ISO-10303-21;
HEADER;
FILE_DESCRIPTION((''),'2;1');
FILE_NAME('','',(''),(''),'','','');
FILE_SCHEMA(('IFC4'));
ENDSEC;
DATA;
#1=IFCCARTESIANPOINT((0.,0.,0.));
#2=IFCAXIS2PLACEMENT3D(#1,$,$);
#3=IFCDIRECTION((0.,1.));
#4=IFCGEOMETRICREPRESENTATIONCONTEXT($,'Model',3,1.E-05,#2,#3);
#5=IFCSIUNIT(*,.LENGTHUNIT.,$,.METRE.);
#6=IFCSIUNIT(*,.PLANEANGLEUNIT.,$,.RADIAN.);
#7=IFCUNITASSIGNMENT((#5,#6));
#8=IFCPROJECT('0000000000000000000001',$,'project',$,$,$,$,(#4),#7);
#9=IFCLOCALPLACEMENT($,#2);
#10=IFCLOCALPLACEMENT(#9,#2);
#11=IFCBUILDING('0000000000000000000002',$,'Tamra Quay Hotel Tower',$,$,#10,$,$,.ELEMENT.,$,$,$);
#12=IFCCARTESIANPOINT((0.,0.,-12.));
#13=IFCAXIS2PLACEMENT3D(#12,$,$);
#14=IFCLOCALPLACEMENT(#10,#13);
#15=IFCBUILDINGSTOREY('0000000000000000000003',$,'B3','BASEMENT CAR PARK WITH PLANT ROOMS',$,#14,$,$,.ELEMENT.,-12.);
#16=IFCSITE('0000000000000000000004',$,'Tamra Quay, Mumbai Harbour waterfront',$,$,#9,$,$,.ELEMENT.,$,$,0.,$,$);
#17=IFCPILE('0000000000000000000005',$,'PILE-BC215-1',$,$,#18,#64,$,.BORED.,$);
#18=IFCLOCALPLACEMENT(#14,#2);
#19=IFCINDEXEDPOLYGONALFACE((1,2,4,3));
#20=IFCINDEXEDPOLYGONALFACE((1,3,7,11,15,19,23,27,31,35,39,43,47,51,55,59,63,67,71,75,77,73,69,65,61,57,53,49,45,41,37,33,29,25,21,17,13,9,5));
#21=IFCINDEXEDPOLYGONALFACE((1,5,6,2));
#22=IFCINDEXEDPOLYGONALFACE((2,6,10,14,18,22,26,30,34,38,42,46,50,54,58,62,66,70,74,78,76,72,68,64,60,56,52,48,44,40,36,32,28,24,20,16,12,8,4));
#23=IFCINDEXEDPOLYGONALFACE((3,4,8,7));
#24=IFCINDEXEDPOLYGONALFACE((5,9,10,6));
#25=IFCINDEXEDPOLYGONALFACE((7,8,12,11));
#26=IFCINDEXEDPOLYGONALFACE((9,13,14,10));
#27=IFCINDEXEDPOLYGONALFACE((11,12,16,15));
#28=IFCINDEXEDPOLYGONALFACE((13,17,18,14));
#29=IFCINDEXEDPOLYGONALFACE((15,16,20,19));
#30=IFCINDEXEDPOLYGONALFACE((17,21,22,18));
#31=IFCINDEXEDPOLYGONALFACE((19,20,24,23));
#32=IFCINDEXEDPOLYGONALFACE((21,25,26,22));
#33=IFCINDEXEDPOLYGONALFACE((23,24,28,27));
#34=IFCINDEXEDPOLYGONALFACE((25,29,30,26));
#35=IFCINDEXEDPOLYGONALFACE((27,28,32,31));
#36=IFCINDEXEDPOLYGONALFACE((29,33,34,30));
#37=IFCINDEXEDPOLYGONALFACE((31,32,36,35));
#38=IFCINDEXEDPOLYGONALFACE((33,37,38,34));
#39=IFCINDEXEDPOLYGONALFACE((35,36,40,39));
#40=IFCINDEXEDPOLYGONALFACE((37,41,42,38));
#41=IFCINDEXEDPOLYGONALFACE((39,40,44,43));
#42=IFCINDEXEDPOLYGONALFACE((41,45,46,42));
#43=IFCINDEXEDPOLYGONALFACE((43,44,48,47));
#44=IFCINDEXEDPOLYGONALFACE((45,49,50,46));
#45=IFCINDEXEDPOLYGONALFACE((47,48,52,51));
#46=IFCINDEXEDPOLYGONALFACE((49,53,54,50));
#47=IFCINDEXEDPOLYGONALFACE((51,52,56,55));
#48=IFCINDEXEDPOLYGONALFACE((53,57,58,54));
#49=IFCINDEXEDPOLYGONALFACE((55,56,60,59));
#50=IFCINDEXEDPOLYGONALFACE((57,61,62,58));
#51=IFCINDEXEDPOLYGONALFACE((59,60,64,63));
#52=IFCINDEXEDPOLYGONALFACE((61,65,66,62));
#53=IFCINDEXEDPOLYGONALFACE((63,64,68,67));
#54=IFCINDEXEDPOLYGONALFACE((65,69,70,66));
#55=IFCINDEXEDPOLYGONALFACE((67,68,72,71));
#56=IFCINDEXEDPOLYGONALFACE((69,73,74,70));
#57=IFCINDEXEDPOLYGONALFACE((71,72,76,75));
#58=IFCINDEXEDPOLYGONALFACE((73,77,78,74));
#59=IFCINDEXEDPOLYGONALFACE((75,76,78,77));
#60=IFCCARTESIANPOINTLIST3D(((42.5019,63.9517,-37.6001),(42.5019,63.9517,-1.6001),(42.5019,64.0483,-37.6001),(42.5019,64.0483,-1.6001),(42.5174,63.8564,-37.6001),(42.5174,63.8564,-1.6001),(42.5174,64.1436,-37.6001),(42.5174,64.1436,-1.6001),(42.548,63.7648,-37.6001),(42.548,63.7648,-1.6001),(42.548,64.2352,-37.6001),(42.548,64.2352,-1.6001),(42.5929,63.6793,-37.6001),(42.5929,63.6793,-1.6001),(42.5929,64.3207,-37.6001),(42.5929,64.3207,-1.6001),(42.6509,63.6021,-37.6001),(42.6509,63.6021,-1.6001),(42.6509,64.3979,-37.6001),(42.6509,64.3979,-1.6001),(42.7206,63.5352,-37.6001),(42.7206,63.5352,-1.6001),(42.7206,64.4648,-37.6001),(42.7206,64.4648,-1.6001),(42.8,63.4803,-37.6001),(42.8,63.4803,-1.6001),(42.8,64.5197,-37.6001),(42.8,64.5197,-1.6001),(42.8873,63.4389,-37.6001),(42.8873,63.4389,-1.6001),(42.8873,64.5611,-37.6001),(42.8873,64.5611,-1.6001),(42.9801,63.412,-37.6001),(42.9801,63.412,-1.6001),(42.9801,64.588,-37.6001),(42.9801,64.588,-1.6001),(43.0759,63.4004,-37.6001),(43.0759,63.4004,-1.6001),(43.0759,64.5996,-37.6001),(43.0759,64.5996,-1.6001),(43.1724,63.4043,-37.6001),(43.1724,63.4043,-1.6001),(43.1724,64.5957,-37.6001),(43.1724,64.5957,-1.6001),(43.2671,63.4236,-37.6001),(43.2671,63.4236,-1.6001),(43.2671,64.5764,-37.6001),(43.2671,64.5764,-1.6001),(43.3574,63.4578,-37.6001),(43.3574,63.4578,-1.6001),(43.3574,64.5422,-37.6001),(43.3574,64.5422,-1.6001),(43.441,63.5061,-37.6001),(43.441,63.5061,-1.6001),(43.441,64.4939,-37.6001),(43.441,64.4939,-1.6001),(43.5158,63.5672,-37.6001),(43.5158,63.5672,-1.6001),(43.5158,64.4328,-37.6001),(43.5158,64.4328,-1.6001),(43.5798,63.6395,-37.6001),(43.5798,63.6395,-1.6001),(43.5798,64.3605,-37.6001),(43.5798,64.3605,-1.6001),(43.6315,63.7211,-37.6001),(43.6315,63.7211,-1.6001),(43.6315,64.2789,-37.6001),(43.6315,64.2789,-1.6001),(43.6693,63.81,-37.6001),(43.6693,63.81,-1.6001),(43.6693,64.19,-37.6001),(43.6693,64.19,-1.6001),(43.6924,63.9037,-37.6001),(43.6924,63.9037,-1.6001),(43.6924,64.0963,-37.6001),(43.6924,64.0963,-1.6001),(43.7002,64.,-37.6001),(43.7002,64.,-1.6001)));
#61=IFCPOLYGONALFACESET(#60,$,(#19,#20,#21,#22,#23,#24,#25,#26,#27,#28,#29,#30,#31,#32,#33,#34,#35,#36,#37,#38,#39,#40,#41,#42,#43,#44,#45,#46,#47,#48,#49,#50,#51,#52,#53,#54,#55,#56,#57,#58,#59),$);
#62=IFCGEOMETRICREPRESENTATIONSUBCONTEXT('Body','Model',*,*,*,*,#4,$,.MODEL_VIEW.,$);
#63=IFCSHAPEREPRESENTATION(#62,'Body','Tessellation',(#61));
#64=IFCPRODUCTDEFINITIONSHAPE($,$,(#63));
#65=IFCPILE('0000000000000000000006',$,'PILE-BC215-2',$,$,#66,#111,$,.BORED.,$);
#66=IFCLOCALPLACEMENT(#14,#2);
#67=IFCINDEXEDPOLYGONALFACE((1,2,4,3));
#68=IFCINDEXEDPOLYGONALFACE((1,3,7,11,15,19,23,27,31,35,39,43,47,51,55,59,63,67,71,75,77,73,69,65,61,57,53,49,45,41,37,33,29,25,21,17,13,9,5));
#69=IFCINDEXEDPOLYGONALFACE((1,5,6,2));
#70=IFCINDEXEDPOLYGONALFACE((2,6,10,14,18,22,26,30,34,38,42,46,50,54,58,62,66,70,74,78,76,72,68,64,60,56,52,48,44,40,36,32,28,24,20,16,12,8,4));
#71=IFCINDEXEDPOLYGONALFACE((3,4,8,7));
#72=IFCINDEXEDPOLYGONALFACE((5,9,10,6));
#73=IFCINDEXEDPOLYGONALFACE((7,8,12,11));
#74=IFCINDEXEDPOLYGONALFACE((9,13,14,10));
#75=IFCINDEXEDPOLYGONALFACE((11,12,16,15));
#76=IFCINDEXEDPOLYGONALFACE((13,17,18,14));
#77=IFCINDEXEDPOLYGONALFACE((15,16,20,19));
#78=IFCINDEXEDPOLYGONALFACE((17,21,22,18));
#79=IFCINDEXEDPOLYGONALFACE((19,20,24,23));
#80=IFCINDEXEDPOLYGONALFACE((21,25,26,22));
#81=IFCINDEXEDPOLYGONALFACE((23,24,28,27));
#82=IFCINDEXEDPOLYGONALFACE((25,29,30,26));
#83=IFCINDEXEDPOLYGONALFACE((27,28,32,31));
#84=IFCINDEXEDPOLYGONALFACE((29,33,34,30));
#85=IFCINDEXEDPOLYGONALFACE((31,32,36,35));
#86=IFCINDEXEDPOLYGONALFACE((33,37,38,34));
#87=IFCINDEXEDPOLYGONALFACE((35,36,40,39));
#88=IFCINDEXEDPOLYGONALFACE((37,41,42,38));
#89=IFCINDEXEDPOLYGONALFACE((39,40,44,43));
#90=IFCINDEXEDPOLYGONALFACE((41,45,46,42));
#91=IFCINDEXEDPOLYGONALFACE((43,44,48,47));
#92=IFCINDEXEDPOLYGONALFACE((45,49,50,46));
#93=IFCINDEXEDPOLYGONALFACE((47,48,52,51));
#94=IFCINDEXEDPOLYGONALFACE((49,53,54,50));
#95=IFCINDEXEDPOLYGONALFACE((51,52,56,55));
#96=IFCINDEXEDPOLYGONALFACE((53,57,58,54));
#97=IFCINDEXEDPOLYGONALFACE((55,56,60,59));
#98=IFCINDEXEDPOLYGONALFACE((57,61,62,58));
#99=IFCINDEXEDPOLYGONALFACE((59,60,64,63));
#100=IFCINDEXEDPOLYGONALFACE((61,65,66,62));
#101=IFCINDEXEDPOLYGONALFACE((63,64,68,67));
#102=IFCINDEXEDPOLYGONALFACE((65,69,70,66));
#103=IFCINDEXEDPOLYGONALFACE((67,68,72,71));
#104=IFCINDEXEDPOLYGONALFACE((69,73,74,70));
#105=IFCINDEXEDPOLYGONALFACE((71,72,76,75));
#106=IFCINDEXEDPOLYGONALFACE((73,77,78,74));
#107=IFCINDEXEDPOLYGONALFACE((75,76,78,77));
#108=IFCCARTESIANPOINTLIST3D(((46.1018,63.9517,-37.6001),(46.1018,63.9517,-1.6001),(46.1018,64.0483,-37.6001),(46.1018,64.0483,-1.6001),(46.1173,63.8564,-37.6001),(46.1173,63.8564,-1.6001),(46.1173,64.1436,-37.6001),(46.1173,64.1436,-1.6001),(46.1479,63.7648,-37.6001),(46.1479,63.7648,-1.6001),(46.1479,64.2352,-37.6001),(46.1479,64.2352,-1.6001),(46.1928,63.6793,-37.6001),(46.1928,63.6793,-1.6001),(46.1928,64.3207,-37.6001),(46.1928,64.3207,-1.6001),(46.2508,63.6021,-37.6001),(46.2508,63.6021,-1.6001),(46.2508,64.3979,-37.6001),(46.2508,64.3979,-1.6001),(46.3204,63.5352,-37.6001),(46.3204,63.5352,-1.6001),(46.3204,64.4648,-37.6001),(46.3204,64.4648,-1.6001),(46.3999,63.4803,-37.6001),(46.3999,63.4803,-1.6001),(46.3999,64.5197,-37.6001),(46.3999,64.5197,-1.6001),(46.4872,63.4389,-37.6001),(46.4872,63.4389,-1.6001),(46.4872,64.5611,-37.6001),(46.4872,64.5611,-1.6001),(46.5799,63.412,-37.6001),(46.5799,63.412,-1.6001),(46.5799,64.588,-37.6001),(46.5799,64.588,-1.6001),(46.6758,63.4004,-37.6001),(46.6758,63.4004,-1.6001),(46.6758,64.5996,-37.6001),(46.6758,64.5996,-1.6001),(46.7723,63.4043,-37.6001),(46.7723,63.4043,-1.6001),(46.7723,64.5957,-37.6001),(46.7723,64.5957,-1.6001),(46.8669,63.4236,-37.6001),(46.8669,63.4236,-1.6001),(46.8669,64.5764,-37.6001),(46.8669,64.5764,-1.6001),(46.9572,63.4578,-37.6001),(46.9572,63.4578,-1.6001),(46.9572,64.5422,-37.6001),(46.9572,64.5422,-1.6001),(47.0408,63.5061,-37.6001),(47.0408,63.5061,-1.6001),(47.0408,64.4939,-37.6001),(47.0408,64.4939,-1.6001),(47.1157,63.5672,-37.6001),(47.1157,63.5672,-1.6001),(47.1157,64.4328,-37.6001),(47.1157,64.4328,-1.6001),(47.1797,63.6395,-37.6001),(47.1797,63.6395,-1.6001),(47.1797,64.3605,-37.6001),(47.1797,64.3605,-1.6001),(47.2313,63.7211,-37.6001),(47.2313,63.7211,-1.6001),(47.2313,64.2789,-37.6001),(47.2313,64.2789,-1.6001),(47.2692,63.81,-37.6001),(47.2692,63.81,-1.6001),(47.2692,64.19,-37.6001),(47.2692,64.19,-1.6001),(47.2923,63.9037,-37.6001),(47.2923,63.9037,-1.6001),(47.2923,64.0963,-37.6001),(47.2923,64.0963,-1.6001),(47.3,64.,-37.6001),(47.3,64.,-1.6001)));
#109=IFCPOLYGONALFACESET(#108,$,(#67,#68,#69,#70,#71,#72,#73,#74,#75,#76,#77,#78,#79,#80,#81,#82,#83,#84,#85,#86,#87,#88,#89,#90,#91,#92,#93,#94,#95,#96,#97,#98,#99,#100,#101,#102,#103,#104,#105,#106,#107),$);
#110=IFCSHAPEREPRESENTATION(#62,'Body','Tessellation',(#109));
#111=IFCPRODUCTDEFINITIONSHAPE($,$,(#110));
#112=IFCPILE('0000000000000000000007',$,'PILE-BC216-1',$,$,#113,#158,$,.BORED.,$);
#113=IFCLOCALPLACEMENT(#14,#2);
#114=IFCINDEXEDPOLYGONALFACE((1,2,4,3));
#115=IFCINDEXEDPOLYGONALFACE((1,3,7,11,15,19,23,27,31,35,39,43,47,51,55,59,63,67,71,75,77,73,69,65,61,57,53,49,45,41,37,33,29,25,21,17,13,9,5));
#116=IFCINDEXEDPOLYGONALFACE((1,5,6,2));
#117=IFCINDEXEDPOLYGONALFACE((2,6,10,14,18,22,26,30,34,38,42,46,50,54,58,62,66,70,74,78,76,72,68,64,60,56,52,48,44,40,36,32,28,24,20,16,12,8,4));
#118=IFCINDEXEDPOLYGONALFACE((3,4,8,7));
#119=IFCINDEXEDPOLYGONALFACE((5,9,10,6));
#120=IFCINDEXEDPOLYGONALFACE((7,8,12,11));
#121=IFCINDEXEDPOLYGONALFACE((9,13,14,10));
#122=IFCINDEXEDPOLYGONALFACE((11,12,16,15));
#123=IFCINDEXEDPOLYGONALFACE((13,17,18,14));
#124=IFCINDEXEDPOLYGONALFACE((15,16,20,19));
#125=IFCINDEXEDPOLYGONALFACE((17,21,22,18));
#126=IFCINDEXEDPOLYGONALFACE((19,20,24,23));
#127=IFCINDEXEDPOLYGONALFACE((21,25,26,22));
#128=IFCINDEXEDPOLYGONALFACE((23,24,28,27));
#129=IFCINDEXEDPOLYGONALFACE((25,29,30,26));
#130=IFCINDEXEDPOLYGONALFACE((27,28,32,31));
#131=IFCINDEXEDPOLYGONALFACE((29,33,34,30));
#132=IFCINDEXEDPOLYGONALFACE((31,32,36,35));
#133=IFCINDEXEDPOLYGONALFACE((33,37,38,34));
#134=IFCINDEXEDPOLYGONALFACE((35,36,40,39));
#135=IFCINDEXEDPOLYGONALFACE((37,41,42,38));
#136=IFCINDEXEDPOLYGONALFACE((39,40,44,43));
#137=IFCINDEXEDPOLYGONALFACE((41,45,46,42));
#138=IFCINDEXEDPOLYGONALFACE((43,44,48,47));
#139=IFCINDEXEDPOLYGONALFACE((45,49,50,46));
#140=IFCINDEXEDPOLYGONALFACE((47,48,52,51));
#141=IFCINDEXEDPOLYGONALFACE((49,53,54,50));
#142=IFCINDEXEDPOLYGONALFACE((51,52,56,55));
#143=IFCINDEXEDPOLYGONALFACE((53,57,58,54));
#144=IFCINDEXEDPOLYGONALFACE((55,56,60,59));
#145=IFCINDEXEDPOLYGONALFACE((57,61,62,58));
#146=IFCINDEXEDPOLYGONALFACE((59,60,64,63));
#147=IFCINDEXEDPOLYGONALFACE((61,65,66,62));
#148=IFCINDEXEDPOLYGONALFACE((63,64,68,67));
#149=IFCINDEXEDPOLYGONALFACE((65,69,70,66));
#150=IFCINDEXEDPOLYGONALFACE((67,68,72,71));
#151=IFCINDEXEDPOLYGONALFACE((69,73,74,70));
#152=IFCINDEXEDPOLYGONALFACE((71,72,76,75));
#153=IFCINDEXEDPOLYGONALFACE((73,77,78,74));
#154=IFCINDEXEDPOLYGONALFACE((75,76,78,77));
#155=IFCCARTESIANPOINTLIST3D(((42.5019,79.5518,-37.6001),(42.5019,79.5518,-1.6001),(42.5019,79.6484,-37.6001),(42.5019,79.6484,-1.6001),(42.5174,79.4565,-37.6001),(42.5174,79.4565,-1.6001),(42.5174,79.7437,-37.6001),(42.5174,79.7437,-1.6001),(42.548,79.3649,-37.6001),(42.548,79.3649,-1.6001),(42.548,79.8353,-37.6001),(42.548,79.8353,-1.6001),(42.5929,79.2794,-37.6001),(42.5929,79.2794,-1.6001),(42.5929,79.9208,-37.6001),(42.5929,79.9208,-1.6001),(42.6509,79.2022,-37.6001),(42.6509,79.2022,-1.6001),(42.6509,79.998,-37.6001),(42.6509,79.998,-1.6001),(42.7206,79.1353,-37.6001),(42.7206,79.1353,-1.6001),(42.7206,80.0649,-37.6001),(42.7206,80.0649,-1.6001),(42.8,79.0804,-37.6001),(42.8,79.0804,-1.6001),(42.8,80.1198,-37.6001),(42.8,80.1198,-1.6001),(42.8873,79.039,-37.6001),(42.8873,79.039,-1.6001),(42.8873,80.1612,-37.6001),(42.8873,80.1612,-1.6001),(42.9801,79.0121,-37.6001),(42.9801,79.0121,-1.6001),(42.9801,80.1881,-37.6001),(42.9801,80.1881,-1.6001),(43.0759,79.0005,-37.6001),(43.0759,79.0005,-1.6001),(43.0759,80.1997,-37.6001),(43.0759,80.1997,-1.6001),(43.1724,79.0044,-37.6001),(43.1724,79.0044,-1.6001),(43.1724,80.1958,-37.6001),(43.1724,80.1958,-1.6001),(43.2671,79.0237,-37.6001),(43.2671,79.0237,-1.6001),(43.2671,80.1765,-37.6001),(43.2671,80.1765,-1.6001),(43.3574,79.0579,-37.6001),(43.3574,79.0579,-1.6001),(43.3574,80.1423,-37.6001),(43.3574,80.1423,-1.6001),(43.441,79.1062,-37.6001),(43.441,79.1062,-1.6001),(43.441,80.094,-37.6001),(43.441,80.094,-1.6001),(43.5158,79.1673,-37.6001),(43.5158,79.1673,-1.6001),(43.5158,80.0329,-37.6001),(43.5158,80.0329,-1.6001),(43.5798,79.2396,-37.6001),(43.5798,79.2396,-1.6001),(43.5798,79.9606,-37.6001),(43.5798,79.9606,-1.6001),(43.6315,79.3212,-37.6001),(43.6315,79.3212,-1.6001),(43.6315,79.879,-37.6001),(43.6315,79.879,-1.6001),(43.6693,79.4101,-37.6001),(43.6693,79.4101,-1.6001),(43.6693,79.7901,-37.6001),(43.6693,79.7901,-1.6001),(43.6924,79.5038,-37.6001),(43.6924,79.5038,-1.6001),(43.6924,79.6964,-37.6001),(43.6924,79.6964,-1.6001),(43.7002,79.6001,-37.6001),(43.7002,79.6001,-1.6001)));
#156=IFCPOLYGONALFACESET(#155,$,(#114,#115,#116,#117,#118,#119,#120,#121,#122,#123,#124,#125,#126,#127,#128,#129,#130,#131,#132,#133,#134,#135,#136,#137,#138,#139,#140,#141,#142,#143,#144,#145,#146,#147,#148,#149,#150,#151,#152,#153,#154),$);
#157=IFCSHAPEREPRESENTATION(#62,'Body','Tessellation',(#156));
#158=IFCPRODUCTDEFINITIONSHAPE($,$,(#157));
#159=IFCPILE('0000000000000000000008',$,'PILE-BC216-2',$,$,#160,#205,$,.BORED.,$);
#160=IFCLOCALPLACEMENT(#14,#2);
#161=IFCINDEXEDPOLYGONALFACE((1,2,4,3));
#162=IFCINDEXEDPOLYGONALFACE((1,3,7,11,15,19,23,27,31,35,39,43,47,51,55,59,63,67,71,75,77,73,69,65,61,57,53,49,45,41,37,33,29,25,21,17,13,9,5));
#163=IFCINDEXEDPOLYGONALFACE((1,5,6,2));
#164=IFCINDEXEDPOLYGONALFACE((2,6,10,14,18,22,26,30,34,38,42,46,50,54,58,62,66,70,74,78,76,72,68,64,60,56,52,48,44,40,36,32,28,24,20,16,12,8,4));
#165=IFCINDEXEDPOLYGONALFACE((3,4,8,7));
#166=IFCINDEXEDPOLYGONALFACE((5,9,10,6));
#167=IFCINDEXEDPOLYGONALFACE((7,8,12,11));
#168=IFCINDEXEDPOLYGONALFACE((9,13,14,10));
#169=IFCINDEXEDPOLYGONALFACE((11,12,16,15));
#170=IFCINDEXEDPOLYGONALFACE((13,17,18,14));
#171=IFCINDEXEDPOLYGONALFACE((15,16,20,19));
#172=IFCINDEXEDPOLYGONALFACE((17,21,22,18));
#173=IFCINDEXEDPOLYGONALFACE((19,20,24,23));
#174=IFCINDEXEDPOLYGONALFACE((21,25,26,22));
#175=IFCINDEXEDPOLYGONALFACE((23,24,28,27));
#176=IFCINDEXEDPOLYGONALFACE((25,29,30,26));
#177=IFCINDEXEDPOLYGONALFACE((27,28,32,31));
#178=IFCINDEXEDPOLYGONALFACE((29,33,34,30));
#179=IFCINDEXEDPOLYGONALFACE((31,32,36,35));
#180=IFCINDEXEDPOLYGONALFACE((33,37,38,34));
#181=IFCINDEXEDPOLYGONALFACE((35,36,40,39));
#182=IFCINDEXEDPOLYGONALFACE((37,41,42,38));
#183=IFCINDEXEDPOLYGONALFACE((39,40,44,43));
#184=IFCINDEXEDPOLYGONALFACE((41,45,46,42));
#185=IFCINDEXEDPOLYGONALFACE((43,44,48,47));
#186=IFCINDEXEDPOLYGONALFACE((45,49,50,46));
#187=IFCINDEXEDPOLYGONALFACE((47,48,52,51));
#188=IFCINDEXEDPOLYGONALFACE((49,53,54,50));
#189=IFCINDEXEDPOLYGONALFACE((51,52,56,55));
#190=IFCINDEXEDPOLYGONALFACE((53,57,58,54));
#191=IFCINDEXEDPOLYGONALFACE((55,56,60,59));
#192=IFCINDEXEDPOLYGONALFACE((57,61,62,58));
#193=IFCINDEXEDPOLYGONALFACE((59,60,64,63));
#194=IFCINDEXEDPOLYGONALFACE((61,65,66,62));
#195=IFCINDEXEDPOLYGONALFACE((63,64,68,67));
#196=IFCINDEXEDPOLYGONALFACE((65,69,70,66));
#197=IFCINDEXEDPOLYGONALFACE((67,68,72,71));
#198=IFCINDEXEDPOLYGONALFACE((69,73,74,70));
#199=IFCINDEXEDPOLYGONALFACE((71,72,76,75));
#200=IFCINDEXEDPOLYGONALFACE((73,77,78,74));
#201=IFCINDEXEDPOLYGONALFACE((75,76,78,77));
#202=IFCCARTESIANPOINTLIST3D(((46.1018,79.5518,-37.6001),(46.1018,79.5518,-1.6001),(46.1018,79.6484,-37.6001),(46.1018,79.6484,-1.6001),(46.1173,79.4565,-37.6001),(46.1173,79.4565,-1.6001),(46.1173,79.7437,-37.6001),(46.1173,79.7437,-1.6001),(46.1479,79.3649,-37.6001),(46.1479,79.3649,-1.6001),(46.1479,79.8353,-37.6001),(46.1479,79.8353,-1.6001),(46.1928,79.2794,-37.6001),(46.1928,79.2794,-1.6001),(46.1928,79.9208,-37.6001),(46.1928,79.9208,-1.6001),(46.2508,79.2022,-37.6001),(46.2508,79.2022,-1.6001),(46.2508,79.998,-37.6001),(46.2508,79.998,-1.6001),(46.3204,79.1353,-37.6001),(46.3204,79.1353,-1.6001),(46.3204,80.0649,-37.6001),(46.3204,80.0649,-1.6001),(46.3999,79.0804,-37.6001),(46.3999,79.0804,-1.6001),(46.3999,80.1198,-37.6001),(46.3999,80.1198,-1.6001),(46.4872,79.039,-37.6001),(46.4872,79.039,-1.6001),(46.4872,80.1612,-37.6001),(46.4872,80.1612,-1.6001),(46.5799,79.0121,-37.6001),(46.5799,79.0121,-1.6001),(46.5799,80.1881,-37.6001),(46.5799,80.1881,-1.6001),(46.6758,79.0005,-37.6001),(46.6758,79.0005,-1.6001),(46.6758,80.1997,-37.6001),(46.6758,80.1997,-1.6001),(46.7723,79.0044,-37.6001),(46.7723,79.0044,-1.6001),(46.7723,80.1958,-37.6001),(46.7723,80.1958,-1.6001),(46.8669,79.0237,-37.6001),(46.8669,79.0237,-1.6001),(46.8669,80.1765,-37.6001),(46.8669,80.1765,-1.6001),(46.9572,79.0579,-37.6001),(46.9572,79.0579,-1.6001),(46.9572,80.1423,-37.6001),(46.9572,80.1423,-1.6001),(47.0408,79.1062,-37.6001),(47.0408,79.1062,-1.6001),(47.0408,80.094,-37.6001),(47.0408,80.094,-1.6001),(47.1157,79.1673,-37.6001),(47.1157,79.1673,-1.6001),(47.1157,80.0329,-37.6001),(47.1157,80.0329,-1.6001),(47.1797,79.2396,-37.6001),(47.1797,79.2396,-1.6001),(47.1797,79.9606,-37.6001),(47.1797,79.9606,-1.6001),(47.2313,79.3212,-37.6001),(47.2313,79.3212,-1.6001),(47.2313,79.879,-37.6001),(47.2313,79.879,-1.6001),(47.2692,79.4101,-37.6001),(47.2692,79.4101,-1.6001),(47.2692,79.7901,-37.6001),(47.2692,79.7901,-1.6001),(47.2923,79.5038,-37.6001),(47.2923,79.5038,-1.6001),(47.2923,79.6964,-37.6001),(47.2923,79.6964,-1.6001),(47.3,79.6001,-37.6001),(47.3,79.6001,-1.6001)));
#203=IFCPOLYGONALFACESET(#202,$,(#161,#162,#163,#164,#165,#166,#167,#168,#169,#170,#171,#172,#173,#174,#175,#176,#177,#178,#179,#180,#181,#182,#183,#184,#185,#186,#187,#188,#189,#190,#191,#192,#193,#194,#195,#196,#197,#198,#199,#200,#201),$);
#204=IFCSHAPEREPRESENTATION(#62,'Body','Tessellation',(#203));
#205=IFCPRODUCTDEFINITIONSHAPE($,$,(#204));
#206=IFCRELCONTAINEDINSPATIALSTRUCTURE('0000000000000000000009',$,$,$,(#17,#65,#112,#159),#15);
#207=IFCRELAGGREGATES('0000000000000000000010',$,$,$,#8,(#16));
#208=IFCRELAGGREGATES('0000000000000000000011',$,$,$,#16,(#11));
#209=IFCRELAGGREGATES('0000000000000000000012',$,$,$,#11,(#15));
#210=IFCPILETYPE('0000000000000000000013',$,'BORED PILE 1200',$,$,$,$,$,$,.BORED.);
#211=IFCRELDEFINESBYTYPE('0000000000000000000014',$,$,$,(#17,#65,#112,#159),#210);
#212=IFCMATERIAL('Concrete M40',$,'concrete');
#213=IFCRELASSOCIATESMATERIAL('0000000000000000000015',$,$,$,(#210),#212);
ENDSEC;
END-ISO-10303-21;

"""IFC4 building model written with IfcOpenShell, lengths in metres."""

from ifc_helpers import new_model, si_unit, direction, frame, origin, origin_2d, place, context, subcontext, project, spatial, circle, extrude, material, material_profile, profile_set, type_object, element, save


model = new_model("IFC4")

# Units and contexts
model_context = context("Model", 3, precision=1e-05, world=origin(), true_north=direction((0.0, 1.0)))
body_context = subcontext(model_context, "Body", "Model", "MODEL_VIEW")
ifc_project = project(units=[si_unit("LENGTHUNIT", "METRE"), si_unit("PLANEANGLEUNIT", "RADIAN")], contexts=[model_context])

# Site, building, storey
site_placement = place(None, origin())
site = spatial("IfcSite", under=ifc_project, at=site_placement, Name="Tamra Quay, Mumbai Harbour waterfront", CompositionType="ELEMENT", RefElevation=0.0)
building_placement = place(site_placement, origin())
building = spatial("IfcBuilding", under=site, at=building_placement, Name="Tamra Quay Hotel Tower", CompositionType="ELEMENT")
storey_placement = place(building_placement, frame((0.0, 0.0, -12.0)))
storey = spatial("IfcBuildingStorey", under=building, at=storey_placement, Name="B3", Description="BASEMENT CAR PARK WITH PLANT ROOMS", CompositionType="ELEMENT", Elevation=-12.0)

# Piles
ifc_material_1 = material(Name="Concrete M40", Category="concrete")
ifc_material_profile_1 = material_profile(ifc_material_1, circle(Radius=0.6001, at=origin_2d()), Name="BORED PILE 1200")
ifc_profile_set_1 = profile_set([ifc_material_profile_1], Name="Concrete M40")
pile_type = type_object("IfcPileType", Name="BORED PILE 1200", PredefinedType="BORED", material=ifc_profile_set_1)
for number, where, z_axis, x_axis, name in (
    (1, (43.1001, 64.0, -1.6001), (0.0, 0.0, -1.0), (1.0, 0.0, 0.0), "PILE-BC215-1"),
    (2, (46.7, 64.0, -1.6001), (0.0, 0.0, -1.0), (1.0, 0.0, 0.0), "PILE-BC215-2"),
    (3, (43.1001, 79.6001, -1.6001), (0.0, 0.0, -1.0), (1.0, 0.0, 0.0), "PILE-BC216-1"),
    (4, (46.7, 79.6001, -1.6001), (0.0, 0.0, -1.0), (1.0, 0.0, 0.0), "PILE-BC216-2"),
):
    element("IfcPile", number, at=place(storey_placement, frame(where, z_axis=z_axis, x_axis=x_axis)), inside=storey, type_object=pile_type, Name=name, PredefinedType="BORED", context=body_context, shape_type="SweptSolid", body=[
        extrude(circle(Radius=0.6001, at=origin_2d()), origin(), (0.0, 0.0, 1.0), 36.0),
    ])

save(model, "model.ifc")
